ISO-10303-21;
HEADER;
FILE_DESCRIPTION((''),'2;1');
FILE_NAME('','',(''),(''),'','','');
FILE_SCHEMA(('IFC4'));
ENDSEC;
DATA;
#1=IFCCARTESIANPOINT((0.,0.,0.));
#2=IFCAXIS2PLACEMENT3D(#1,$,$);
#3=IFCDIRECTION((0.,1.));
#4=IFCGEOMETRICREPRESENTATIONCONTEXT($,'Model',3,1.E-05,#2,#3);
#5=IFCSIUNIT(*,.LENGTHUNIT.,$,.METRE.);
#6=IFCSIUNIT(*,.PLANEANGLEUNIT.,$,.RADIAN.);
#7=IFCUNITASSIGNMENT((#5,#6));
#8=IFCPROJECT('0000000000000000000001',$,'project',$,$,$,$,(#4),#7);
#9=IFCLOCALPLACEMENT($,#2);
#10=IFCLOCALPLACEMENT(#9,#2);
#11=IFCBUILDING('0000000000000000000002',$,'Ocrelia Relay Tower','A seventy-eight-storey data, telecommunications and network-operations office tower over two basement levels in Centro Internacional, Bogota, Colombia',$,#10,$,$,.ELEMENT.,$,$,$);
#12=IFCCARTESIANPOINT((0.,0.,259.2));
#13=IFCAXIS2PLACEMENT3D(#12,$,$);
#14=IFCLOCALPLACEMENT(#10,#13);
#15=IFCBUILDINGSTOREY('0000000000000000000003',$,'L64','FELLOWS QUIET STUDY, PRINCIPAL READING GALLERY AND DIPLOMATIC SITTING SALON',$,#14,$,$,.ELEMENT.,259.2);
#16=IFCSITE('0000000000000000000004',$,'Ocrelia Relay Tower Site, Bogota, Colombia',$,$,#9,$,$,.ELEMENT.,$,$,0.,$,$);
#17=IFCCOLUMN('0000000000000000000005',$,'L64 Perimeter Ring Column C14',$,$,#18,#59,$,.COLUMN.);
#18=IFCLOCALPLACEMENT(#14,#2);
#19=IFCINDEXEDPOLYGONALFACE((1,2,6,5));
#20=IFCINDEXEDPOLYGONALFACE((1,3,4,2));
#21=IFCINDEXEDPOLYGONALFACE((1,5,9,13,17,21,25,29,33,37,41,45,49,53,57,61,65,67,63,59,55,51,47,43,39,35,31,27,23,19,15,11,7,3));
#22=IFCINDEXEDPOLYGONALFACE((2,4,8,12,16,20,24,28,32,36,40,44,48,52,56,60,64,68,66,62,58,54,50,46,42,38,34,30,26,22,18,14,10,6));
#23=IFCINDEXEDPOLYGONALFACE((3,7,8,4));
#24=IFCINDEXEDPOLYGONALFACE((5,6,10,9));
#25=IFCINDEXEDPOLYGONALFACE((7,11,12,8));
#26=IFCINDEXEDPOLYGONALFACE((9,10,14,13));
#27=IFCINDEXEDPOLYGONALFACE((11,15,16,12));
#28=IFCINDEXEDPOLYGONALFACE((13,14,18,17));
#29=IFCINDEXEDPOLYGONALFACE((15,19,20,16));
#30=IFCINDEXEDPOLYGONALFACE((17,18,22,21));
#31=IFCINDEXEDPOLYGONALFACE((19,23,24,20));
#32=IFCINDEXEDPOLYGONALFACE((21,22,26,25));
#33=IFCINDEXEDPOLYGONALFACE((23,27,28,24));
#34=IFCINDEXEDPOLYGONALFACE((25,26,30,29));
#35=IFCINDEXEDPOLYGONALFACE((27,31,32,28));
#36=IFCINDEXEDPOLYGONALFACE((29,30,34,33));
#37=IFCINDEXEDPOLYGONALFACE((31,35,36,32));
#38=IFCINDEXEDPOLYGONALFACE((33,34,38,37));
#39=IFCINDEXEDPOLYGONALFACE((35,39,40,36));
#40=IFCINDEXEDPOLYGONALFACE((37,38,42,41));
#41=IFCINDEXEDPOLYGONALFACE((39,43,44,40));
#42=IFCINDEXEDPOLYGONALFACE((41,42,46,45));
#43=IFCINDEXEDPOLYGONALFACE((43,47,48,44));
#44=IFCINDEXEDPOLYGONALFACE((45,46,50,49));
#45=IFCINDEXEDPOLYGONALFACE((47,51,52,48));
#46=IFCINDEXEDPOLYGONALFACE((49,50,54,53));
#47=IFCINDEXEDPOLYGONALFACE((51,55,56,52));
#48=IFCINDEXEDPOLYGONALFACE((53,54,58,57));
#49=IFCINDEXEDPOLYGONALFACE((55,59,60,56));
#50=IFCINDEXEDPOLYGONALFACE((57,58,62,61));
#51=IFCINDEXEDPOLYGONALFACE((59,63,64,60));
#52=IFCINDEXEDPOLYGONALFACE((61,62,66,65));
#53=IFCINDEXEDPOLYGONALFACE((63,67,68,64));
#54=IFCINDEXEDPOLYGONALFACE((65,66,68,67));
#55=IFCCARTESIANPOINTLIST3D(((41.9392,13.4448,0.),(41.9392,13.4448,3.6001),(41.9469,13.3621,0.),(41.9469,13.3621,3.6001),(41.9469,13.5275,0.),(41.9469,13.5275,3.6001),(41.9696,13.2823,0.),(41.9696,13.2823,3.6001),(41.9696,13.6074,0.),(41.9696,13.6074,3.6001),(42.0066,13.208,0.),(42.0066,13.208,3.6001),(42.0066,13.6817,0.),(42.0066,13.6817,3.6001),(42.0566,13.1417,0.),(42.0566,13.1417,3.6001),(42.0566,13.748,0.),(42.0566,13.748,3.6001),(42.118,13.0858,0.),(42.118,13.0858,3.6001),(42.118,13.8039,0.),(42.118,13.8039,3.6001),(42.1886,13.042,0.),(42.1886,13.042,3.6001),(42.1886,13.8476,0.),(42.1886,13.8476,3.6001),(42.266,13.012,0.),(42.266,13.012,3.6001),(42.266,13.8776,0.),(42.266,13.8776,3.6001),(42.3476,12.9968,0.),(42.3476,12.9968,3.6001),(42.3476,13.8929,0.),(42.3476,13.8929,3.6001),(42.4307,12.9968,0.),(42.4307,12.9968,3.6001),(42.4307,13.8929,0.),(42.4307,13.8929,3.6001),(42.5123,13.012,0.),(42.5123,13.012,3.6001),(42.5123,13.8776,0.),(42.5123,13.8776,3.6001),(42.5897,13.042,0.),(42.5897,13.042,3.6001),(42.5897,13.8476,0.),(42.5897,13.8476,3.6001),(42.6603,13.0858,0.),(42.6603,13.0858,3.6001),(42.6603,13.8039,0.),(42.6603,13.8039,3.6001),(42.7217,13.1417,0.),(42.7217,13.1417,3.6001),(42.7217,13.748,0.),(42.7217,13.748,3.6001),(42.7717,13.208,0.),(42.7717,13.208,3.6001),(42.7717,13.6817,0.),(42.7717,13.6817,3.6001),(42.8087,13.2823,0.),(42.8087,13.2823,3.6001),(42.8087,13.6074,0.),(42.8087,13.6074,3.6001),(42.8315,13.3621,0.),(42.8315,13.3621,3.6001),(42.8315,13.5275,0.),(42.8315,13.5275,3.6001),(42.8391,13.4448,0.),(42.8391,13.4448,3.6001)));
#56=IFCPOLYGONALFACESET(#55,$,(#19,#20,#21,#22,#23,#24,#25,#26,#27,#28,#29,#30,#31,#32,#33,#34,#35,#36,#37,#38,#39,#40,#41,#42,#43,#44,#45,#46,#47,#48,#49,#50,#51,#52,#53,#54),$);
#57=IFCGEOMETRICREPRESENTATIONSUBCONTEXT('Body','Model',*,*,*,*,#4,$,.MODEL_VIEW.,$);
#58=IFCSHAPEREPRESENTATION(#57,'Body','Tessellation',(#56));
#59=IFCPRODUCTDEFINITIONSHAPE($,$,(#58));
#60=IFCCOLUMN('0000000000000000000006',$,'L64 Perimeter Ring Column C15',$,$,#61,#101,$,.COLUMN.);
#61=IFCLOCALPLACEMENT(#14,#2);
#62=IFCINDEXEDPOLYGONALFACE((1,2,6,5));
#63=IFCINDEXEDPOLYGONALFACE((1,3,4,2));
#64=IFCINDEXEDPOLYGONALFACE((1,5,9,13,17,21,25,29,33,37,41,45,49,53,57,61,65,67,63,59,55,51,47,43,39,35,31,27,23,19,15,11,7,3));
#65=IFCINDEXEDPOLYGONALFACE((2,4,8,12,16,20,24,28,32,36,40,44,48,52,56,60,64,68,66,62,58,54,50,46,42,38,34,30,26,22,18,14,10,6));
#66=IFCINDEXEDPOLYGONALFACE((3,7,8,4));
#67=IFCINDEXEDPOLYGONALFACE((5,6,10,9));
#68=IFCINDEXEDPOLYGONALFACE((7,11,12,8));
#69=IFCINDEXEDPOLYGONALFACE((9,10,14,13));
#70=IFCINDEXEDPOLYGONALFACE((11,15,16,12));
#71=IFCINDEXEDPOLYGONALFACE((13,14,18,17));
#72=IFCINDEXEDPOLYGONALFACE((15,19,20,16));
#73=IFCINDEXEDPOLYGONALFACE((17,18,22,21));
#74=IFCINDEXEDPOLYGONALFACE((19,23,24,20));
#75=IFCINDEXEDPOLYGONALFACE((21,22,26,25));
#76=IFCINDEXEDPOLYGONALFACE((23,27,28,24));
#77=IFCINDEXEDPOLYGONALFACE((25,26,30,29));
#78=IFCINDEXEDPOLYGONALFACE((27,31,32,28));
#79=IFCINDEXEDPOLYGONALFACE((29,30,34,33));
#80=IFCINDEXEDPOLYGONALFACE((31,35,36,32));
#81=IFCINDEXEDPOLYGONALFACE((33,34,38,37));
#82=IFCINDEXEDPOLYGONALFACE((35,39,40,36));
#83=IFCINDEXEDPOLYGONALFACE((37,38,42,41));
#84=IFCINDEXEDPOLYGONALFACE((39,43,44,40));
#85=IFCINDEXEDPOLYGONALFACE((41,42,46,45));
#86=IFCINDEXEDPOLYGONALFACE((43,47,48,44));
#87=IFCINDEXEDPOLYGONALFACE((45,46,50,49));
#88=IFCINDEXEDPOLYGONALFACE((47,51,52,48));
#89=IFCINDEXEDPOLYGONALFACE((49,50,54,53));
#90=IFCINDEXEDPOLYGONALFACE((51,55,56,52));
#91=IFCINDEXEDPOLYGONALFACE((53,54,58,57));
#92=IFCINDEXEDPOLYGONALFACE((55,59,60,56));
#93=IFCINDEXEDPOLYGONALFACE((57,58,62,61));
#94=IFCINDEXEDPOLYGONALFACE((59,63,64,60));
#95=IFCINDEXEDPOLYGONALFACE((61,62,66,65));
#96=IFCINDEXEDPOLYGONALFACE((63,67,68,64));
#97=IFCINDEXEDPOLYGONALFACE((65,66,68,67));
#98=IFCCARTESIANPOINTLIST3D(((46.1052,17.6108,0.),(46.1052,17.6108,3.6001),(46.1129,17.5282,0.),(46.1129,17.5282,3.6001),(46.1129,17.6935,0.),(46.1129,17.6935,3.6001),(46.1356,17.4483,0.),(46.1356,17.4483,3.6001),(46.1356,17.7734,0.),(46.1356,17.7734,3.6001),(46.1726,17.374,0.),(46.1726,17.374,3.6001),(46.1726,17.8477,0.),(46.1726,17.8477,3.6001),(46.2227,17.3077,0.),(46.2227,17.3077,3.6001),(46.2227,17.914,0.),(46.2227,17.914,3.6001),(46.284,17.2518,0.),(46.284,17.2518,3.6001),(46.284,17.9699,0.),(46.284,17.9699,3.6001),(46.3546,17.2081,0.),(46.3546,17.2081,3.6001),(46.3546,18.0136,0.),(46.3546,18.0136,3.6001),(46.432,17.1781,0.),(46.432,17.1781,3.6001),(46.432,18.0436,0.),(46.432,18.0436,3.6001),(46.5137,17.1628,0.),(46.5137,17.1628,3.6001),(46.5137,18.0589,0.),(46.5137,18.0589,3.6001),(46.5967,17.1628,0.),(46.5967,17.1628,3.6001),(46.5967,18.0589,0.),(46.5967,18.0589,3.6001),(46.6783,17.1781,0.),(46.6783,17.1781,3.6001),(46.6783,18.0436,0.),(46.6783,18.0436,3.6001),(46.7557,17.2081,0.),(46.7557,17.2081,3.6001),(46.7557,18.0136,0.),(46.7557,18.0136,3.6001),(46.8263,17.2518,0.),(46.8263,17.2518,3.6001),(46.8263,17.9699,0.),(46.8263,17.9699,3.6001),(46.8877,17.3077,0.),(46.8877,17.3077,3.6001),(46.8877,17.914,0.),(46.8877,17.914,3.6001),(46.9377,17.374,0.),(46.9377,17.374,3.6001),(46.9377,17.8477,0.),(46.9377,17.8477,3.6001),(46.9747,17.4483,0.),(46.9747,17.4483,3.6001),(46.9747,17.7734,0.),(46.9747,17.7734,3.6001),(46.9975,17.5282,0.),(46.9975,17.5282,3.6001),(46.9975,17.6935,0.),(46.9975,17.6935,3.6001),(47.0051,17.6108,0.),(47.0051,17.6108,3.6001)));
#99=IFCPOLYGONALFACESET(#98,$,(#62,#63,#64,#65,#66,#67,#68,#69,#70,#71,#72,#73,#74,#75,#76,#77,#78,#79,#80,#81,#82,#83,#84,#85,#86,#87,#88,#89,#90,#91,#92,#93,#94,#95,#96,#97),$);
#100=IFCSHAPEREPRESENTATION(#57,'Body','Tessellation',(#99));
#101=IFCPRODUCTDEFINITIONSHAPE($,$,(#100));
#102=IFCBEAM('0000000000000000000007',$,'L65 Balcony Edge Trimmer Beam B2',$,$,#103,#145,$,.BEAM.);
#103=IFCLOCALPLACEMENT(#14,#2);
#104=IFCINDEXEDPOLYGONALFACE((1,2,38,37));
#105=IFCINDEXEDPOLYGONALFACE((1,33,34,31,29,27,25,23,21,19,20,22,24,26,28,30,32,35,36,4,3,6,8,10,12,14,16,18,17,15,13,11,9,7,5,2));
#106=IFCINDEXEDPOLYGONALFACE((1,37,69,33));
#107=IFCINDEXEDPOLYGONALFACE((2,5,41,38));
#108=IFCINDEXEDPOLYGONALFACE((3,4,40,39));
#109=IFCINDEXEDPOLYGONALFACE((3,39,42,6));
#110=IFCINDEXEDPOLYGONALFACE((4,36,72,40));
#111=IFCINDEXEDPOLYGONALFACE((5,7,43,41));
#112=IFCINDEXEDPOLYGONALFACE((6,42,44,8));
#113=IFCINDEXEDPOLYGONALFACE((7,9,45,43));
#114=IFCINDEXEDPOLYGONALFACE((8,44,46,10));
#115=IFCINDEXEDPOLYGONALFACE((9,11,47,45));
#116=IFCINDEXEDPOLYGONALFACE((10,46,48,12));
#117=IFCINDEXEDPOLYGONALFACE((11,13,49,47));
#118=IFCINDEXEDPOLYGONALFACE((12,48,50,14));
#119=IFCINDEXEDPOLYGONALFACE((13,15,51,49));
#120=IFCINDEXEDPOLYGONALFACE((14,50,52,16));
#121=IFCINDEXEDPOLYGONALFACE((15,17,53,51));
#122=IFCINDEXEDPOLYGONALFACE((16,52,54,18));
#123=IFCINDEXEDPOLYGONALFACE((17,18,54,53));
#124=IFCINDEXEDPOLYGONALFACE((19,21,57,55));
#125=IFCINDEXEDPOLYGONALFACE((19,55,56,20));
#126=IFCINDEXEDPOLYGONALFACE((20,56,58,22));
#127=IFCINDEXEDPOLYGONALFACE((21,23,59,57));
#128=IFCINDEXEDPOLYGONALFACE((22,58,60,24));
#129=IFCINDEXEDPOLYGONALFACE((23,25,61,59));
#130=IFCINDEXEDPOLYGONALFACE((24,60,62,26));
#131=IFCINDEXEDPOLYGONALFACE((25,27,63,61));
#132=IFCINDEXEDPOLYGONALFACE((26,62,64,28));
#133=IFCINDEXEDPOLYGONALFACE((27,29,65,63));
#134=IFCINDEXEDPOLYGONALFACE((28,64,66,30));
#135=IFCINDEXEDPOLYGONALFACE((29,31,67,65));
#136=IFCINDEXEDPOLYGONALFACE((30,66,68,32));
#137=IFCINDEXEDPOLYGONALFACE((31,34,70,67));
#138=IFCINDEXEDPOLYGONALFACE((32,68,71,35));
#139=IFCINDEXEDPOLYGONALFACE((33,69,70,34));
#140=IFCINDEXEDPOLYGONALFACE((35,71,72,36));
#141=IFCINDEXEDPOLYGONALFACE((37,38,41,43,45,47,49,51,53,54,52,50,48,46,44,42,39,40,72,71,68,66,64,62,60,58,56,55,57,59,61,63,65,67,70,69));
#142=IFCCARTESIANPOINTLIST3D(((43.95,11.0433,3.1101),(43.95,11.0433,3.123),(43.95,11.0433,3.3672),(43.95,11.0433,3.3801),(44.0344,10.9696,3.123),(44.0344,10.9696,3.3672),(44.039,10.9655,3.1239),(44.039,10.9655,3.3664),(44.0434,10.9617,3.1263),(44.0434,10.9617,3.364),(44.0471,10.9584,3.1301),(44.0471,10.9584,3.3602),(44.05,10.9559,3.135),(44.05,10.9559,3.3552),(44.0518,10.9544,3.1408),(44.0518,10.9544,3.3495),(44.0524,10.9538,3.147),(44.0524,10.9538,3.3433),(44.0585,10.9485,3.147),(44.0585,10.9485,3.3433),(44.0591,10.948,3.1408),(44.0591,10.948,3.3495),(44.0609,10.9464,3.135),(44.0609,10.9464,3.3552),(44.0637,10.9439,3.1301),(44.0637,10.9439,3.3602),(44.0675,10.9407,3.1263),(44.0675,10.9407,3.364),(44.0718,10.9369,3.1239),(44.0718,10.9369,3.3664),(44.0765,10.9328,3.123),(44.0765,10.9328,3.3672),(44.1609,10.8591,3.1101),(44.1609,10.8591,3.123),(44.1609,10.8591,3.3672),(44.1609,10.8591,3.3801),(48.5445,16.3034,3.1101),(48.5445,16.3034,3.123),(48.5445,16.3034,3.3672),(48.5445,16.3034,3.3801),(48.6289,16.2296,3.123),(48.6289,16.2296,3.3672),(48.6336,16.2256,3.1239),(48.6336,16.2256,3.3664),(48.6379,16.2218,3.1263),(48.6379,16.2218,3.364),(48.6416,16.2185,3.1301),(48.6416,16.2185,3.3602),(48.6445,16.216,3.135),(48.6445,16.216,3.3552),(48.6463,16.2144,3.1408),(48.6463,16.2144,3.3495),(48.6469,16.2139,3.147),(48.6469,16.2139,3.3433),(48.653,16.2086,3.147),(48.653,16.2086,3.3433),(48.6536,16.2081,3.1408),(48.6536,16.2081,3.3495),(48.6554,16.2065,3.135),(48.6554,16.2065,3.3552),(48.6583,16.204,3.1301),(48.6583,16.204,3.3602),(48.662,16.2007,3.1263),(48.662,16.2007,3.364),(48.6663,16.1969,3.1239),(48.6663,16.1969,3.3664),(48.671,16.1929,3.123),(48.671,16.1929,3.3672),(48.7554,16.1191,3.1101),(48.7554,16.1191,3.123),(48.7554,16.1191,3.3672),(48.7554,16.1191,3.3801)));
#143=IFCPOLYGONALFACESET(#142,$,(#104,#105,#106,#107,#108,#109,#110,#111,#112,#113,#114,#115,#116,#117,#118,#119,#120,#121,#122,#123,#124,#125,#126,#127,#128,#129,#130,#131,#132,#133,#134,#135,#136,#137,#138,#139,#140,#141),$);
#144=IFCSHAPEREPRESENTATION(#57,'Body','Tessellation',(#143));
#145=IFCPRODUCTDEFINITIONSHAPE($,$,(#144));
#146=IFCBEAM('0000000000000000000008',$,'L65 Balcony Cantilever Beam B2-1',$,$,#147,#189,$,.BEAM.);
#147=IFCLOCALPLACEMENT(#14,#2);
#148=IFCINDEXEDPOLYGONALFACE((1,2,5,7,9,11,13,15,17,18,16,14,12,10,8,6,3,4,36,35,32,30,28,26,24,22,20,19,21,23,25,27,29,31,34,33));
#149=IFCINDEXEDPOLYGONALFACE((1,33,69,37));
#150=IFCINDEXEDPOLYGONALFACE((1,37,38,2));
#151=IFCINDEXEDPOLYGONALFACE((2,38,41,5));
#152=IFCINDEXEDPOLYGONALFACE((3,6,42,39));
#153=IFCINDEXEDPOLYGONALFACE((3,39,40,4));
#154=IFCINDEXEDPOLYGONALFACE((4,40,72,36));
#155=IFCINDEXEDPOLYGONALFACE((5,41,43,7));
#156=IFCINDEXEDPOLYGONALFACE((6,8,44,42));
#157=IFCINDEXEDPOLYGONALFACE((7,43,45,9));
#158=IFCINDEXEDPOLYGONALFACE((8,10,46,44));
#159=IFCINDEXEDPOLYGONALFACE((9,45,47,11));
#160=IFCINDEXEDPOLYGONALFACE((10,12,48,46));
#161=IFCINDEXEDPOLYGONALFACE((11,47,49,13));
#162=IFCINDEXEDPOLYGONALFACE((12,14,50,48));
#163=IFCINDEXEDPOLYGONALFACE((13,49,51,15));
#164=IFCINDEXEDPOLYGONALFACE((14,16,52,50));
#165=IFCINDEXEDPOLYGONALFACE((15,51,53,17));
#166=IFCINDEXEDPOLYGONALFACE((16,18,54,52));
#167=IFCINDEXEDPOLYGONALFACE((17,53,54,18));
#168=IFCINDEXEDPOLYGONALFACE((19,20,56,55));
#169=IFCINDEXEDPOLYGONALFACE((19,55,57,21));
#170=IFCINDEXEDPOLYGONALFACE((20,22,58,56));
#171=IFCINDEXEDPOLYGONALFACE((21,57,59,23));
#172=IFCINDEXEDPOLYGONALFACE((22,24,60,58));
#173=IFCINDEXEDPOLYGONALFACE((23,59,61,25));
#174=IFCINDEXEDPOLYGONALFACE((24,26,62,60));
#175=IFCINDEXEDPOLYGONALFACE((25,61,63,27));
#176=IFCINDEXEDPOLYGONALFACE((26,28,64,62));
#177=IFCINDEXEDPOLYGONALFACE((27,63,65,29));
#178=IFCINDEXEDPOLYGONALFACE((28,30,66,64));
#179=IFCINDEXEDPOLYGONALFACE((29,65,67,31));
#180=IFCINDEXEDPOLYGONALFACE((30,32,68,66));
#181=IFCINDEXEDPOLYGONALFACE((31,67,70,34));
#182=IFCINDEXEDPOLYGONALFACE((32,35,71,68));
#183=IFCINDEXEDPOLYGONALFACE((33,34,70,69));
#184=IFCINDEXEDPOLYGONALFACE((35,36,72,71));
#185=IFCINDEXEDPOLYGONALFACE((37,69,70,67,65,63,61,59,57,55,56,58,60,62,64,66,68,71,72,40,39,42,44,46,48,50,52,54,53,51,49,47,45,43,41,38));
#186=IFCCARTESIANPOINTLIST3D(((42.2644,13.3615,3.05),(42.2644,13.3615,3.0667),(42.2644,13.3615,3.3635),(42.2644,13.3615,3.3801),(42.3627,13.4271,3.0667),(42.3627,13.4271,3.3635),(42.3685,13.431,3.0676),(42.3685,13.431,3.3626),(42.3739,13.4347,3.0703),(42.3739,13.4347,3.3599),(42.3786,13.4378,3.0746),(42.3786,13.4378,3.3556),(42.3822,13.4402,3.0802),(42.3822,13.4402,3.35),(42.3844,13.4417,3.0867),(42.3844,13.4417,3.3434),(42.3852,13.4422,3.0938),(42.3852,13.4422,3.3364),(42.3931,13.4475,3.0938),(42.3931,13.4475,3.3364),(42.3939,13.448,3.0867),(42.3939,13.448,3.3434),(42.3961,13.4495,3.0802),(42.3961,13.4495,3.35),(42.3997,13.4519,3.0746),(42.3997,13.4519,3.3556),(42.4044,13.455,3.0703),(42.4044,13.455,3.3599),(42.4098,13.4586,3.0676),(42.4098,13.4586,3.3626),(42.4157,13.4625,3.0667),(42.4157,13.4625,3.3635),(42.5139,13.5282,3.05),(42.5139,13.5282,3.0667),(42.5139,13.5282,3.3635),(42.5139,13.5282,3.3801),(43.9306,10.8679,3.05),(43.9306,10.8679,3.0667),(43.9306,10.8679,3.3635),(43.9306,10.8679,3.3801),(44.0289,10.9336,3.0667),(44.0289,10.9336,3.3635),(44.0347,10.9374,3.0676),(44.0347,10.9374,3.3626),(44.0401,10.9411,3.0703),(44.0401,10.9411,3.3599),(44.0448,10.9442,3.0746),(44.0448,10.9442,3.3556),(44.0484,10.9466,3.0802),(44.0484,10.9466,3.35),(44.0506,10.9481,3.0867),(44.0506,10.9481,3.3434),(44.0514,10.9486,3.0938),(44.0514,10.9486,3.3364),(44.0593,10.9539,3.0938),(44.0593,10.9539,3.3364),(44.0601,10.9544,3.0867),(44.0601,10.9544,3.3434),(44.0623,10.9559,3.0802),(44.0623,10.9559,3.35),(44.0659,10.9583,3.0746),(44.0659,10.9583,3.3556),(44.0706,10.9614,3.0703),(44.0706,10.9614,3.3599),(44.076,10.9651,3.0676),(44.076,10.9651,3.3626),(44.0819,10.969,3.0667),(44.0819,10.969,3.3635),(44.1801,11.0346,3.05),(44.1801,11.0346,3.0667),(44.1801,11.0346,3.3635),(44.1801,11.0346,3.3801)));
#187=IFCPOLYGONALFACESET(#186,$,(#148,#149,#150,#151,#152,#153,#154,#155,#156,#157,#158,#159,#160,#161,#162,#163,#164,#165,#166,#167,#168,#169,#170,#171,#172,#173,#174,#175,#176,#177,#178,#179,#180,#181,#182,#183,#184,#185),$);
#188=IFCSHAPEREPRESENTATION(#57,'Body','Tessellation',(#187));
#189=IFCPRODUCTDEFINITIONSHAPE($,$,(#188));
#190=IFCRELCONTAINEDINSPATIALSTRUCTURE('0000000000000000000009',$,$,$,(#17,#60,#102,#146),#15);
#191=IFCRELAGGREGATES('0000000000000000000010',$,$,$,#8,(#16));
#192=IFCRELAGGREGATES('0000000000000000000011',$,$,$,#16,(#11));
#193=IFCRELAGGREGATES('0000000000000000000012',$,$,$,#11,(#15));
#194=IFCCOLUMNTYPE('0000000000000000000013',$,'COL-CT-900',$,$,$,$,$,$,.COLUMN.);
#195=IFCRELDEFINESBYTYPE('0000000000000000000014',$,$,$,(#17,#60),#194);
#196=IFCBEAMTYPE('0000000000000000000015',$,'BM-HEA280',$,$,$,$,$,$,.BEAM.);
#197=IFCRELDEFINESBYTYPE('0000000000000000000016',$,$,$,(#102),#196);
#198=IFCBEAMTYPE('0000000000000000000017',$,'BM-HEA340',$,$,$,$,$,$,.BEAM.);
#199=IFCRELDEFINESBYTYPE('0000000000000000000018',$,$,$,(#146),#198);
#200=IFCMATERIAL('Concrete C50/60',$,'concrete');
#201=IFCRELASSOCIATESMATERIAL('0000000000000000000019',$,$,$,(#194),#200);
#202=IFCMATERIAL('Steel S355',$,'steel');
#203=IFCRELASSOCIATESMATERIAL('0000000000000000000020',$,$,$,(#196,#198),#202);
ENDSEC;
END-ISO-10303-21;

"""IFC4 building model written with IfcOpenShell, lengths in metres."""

from ifc_helpers import new_model, si_unit, direction, frame, origin, origin_2d, place, context, subcontext, project, spatial, circle, i_section, extrude, material, material_profile, profile_set, type_object, element, save


model = new_model("IFC4")

# Units and contexts
model_context = context("Model", 3, precision=1e-05, world=origin(), true_north=direction((0.0, 1.0)))
body_context = subcontext(model_context, "Body", "Model", "MODEL_VIEW")
ifc_project = project(units=[si_unit("LENGTHUNIT", "METRE"), si_unit("PLANEANGLEUNIT", "RADIAN")], contexts=[model_context])

# Site, building, storey
site_placement = place(None, origin())
site = spatial("IfcSite", under=ifc_project, at=site_placement, Name="Ocrelia Relay Tower Site, Bogota, Colombia", CompositionType="ELEMENT", RefElevation=0.0)
building_placement = place(site_placement, origin())
building = spatial("IfcBuilding", under=site, at=building_placement, Name="Ocrelia Relay Tower", Description="A seventy-eight-storey data, telecommunications and network-operations office tower over two basement levels in Centro Internacional, Bogota, Colombia", CompositionType="ELEMENT")
storey_placement = place(building_placement, frame((0.0, 0.0, 259.2)))
storey = spatial("IfcBuildingStorey", under=building, at=storey_placement, Name="L64", Description="FELLOWS QUIET STUDY, PRINCIPAL READING GALLERY AND DIPLOMATIC SITTING SALON", CompositionType="ELEMENT", Elevation=259.2)

# Columns
ifc_material_1 = material(Name="Concrete C50/60", Category="concrete")
ifc_material_profile_1 = material_profile(ifc_material_1, circle(Radius=0.45, at=origin_2d()), Name="RC-CIR-900")
ifc_profile_set_1 = profile_set([ifc_material_profile_1], Name="Concrete C50/60")
column_type = type_object("IfcColumnType", Name="COL-CT-900", PredefinedType="COLUMN", material=ifc_profile_set_1)
for number, where, z_axis, x_axis, name in (
    (1, (42.3892, 13.4448, 0.0), (0.0, 0.0, 1.0), (1.0, 0.0, 0.0), "L64 Perimeter Ring Column C14"),
    (2, (46.5552, 17.6108, 0.0), (0.0, 0.0, 1.0), (1.0, 0.0, 0.0), "L64 Perimeter Ring Column C15"),
):
    element("IfcColumn", number, at=place(storey_placement, frame(where, z_axis=z_axis, x_axis=x_axis)), inside=storey, type_object=column_type, Name=name, PredefinedType="COLUMN", context=body_context, shape_type="SweptSolid", body=[
        extrude(circle(Radius=0.45, at=origin_2d()), origin(), (0.0, 0.0, 1.0), 3.6001),
    ])

# Beams
ifc_material_2 = material(Name="Steel S355", Category="steel")
ifc_material_profile_2 = material_profile(ifc_material_2, i_section(OverallWidth=0.28, OverallDepth=0.27, WebThickness=0.0081, FlangeThickness=0.0129, FilletRadius=0.0239, at=origin_2d()), Name="HEA 280")
ifc_profile_set_2 = profile_set([ifc_material_profile_2], Name="Steel S355")
beam_type_1 = type_object("IfcBeamType", Name="BM-HEA280", PredefinedType="BEAM", material=ifc_profile_set_2)
beam_1_placement = place(storey_placement, frame((44.0554, 10.9512, 3.2451), z_axis=(0.657853, 0.753146, 0.0), x_axis=(-0.753146, 0.657853, 0.0)))
element("IfcBeam", 3, at=beam_1_placement, inside=storey, type_object=beam_type_1, Name="L65 Balcony Edge Trimmer Beam B2", PredefinedType="BEAM", context=body_context, shape_type="SweptSolid", body=[
    extrude(i_section(OverallWidth=0.28, OverallDepth=0.27, WebThickness=0.0081, FlangeThickness=0.0129, FilletRadius=0.0239, at=origin_2d()), origin(), (0.0, 0.0, 1.0), 6.9841),
])
ifc_material_profile_3 = material_profile(ifc_material_2, i_section(OverallWidth=0.3, OverallDepth=0.3301, WebThickness=0.0095, FlangeThickness=0.0166, FilletRadius=0.0271, at=origin_2d()), Name="HEA 340")
ifc_profile_set_3 = profile_set([ifc_material_profile_3], Name="Steel S355")
beam_type_2 = type_object("IfcBeamType", Name="BM-HEA340", PredefinedType="BEAM", material=ifc_profile_set_3)
beam_2_placement = place(storey_placement, frame((42.3892, 13.4448, 3.2151), z_axis=(0.555583, -0.831461, 0.0), x_axis=(0.831461, 0.555583, 0.0)))
element("IfcBeam", 4, at=beam_2_placement, inside=storey, type_object=beam_type_2, Name="L65 Balcony Cantilever Beam B2-1", PredefinedType="BEAM", context=body_context, shape_type="SweptSolid", body=[
    extrude(i_section(OverallWidth=0.3, OverallDepth=0.3301, WebThickness=0.0095, FlangeThickness=0.0166, FilletRadius=0.0271, at=origin_2d()), origin(), (0.0, 0.0, 1.0), 2.999),
])

save(model, "model.ifc")
